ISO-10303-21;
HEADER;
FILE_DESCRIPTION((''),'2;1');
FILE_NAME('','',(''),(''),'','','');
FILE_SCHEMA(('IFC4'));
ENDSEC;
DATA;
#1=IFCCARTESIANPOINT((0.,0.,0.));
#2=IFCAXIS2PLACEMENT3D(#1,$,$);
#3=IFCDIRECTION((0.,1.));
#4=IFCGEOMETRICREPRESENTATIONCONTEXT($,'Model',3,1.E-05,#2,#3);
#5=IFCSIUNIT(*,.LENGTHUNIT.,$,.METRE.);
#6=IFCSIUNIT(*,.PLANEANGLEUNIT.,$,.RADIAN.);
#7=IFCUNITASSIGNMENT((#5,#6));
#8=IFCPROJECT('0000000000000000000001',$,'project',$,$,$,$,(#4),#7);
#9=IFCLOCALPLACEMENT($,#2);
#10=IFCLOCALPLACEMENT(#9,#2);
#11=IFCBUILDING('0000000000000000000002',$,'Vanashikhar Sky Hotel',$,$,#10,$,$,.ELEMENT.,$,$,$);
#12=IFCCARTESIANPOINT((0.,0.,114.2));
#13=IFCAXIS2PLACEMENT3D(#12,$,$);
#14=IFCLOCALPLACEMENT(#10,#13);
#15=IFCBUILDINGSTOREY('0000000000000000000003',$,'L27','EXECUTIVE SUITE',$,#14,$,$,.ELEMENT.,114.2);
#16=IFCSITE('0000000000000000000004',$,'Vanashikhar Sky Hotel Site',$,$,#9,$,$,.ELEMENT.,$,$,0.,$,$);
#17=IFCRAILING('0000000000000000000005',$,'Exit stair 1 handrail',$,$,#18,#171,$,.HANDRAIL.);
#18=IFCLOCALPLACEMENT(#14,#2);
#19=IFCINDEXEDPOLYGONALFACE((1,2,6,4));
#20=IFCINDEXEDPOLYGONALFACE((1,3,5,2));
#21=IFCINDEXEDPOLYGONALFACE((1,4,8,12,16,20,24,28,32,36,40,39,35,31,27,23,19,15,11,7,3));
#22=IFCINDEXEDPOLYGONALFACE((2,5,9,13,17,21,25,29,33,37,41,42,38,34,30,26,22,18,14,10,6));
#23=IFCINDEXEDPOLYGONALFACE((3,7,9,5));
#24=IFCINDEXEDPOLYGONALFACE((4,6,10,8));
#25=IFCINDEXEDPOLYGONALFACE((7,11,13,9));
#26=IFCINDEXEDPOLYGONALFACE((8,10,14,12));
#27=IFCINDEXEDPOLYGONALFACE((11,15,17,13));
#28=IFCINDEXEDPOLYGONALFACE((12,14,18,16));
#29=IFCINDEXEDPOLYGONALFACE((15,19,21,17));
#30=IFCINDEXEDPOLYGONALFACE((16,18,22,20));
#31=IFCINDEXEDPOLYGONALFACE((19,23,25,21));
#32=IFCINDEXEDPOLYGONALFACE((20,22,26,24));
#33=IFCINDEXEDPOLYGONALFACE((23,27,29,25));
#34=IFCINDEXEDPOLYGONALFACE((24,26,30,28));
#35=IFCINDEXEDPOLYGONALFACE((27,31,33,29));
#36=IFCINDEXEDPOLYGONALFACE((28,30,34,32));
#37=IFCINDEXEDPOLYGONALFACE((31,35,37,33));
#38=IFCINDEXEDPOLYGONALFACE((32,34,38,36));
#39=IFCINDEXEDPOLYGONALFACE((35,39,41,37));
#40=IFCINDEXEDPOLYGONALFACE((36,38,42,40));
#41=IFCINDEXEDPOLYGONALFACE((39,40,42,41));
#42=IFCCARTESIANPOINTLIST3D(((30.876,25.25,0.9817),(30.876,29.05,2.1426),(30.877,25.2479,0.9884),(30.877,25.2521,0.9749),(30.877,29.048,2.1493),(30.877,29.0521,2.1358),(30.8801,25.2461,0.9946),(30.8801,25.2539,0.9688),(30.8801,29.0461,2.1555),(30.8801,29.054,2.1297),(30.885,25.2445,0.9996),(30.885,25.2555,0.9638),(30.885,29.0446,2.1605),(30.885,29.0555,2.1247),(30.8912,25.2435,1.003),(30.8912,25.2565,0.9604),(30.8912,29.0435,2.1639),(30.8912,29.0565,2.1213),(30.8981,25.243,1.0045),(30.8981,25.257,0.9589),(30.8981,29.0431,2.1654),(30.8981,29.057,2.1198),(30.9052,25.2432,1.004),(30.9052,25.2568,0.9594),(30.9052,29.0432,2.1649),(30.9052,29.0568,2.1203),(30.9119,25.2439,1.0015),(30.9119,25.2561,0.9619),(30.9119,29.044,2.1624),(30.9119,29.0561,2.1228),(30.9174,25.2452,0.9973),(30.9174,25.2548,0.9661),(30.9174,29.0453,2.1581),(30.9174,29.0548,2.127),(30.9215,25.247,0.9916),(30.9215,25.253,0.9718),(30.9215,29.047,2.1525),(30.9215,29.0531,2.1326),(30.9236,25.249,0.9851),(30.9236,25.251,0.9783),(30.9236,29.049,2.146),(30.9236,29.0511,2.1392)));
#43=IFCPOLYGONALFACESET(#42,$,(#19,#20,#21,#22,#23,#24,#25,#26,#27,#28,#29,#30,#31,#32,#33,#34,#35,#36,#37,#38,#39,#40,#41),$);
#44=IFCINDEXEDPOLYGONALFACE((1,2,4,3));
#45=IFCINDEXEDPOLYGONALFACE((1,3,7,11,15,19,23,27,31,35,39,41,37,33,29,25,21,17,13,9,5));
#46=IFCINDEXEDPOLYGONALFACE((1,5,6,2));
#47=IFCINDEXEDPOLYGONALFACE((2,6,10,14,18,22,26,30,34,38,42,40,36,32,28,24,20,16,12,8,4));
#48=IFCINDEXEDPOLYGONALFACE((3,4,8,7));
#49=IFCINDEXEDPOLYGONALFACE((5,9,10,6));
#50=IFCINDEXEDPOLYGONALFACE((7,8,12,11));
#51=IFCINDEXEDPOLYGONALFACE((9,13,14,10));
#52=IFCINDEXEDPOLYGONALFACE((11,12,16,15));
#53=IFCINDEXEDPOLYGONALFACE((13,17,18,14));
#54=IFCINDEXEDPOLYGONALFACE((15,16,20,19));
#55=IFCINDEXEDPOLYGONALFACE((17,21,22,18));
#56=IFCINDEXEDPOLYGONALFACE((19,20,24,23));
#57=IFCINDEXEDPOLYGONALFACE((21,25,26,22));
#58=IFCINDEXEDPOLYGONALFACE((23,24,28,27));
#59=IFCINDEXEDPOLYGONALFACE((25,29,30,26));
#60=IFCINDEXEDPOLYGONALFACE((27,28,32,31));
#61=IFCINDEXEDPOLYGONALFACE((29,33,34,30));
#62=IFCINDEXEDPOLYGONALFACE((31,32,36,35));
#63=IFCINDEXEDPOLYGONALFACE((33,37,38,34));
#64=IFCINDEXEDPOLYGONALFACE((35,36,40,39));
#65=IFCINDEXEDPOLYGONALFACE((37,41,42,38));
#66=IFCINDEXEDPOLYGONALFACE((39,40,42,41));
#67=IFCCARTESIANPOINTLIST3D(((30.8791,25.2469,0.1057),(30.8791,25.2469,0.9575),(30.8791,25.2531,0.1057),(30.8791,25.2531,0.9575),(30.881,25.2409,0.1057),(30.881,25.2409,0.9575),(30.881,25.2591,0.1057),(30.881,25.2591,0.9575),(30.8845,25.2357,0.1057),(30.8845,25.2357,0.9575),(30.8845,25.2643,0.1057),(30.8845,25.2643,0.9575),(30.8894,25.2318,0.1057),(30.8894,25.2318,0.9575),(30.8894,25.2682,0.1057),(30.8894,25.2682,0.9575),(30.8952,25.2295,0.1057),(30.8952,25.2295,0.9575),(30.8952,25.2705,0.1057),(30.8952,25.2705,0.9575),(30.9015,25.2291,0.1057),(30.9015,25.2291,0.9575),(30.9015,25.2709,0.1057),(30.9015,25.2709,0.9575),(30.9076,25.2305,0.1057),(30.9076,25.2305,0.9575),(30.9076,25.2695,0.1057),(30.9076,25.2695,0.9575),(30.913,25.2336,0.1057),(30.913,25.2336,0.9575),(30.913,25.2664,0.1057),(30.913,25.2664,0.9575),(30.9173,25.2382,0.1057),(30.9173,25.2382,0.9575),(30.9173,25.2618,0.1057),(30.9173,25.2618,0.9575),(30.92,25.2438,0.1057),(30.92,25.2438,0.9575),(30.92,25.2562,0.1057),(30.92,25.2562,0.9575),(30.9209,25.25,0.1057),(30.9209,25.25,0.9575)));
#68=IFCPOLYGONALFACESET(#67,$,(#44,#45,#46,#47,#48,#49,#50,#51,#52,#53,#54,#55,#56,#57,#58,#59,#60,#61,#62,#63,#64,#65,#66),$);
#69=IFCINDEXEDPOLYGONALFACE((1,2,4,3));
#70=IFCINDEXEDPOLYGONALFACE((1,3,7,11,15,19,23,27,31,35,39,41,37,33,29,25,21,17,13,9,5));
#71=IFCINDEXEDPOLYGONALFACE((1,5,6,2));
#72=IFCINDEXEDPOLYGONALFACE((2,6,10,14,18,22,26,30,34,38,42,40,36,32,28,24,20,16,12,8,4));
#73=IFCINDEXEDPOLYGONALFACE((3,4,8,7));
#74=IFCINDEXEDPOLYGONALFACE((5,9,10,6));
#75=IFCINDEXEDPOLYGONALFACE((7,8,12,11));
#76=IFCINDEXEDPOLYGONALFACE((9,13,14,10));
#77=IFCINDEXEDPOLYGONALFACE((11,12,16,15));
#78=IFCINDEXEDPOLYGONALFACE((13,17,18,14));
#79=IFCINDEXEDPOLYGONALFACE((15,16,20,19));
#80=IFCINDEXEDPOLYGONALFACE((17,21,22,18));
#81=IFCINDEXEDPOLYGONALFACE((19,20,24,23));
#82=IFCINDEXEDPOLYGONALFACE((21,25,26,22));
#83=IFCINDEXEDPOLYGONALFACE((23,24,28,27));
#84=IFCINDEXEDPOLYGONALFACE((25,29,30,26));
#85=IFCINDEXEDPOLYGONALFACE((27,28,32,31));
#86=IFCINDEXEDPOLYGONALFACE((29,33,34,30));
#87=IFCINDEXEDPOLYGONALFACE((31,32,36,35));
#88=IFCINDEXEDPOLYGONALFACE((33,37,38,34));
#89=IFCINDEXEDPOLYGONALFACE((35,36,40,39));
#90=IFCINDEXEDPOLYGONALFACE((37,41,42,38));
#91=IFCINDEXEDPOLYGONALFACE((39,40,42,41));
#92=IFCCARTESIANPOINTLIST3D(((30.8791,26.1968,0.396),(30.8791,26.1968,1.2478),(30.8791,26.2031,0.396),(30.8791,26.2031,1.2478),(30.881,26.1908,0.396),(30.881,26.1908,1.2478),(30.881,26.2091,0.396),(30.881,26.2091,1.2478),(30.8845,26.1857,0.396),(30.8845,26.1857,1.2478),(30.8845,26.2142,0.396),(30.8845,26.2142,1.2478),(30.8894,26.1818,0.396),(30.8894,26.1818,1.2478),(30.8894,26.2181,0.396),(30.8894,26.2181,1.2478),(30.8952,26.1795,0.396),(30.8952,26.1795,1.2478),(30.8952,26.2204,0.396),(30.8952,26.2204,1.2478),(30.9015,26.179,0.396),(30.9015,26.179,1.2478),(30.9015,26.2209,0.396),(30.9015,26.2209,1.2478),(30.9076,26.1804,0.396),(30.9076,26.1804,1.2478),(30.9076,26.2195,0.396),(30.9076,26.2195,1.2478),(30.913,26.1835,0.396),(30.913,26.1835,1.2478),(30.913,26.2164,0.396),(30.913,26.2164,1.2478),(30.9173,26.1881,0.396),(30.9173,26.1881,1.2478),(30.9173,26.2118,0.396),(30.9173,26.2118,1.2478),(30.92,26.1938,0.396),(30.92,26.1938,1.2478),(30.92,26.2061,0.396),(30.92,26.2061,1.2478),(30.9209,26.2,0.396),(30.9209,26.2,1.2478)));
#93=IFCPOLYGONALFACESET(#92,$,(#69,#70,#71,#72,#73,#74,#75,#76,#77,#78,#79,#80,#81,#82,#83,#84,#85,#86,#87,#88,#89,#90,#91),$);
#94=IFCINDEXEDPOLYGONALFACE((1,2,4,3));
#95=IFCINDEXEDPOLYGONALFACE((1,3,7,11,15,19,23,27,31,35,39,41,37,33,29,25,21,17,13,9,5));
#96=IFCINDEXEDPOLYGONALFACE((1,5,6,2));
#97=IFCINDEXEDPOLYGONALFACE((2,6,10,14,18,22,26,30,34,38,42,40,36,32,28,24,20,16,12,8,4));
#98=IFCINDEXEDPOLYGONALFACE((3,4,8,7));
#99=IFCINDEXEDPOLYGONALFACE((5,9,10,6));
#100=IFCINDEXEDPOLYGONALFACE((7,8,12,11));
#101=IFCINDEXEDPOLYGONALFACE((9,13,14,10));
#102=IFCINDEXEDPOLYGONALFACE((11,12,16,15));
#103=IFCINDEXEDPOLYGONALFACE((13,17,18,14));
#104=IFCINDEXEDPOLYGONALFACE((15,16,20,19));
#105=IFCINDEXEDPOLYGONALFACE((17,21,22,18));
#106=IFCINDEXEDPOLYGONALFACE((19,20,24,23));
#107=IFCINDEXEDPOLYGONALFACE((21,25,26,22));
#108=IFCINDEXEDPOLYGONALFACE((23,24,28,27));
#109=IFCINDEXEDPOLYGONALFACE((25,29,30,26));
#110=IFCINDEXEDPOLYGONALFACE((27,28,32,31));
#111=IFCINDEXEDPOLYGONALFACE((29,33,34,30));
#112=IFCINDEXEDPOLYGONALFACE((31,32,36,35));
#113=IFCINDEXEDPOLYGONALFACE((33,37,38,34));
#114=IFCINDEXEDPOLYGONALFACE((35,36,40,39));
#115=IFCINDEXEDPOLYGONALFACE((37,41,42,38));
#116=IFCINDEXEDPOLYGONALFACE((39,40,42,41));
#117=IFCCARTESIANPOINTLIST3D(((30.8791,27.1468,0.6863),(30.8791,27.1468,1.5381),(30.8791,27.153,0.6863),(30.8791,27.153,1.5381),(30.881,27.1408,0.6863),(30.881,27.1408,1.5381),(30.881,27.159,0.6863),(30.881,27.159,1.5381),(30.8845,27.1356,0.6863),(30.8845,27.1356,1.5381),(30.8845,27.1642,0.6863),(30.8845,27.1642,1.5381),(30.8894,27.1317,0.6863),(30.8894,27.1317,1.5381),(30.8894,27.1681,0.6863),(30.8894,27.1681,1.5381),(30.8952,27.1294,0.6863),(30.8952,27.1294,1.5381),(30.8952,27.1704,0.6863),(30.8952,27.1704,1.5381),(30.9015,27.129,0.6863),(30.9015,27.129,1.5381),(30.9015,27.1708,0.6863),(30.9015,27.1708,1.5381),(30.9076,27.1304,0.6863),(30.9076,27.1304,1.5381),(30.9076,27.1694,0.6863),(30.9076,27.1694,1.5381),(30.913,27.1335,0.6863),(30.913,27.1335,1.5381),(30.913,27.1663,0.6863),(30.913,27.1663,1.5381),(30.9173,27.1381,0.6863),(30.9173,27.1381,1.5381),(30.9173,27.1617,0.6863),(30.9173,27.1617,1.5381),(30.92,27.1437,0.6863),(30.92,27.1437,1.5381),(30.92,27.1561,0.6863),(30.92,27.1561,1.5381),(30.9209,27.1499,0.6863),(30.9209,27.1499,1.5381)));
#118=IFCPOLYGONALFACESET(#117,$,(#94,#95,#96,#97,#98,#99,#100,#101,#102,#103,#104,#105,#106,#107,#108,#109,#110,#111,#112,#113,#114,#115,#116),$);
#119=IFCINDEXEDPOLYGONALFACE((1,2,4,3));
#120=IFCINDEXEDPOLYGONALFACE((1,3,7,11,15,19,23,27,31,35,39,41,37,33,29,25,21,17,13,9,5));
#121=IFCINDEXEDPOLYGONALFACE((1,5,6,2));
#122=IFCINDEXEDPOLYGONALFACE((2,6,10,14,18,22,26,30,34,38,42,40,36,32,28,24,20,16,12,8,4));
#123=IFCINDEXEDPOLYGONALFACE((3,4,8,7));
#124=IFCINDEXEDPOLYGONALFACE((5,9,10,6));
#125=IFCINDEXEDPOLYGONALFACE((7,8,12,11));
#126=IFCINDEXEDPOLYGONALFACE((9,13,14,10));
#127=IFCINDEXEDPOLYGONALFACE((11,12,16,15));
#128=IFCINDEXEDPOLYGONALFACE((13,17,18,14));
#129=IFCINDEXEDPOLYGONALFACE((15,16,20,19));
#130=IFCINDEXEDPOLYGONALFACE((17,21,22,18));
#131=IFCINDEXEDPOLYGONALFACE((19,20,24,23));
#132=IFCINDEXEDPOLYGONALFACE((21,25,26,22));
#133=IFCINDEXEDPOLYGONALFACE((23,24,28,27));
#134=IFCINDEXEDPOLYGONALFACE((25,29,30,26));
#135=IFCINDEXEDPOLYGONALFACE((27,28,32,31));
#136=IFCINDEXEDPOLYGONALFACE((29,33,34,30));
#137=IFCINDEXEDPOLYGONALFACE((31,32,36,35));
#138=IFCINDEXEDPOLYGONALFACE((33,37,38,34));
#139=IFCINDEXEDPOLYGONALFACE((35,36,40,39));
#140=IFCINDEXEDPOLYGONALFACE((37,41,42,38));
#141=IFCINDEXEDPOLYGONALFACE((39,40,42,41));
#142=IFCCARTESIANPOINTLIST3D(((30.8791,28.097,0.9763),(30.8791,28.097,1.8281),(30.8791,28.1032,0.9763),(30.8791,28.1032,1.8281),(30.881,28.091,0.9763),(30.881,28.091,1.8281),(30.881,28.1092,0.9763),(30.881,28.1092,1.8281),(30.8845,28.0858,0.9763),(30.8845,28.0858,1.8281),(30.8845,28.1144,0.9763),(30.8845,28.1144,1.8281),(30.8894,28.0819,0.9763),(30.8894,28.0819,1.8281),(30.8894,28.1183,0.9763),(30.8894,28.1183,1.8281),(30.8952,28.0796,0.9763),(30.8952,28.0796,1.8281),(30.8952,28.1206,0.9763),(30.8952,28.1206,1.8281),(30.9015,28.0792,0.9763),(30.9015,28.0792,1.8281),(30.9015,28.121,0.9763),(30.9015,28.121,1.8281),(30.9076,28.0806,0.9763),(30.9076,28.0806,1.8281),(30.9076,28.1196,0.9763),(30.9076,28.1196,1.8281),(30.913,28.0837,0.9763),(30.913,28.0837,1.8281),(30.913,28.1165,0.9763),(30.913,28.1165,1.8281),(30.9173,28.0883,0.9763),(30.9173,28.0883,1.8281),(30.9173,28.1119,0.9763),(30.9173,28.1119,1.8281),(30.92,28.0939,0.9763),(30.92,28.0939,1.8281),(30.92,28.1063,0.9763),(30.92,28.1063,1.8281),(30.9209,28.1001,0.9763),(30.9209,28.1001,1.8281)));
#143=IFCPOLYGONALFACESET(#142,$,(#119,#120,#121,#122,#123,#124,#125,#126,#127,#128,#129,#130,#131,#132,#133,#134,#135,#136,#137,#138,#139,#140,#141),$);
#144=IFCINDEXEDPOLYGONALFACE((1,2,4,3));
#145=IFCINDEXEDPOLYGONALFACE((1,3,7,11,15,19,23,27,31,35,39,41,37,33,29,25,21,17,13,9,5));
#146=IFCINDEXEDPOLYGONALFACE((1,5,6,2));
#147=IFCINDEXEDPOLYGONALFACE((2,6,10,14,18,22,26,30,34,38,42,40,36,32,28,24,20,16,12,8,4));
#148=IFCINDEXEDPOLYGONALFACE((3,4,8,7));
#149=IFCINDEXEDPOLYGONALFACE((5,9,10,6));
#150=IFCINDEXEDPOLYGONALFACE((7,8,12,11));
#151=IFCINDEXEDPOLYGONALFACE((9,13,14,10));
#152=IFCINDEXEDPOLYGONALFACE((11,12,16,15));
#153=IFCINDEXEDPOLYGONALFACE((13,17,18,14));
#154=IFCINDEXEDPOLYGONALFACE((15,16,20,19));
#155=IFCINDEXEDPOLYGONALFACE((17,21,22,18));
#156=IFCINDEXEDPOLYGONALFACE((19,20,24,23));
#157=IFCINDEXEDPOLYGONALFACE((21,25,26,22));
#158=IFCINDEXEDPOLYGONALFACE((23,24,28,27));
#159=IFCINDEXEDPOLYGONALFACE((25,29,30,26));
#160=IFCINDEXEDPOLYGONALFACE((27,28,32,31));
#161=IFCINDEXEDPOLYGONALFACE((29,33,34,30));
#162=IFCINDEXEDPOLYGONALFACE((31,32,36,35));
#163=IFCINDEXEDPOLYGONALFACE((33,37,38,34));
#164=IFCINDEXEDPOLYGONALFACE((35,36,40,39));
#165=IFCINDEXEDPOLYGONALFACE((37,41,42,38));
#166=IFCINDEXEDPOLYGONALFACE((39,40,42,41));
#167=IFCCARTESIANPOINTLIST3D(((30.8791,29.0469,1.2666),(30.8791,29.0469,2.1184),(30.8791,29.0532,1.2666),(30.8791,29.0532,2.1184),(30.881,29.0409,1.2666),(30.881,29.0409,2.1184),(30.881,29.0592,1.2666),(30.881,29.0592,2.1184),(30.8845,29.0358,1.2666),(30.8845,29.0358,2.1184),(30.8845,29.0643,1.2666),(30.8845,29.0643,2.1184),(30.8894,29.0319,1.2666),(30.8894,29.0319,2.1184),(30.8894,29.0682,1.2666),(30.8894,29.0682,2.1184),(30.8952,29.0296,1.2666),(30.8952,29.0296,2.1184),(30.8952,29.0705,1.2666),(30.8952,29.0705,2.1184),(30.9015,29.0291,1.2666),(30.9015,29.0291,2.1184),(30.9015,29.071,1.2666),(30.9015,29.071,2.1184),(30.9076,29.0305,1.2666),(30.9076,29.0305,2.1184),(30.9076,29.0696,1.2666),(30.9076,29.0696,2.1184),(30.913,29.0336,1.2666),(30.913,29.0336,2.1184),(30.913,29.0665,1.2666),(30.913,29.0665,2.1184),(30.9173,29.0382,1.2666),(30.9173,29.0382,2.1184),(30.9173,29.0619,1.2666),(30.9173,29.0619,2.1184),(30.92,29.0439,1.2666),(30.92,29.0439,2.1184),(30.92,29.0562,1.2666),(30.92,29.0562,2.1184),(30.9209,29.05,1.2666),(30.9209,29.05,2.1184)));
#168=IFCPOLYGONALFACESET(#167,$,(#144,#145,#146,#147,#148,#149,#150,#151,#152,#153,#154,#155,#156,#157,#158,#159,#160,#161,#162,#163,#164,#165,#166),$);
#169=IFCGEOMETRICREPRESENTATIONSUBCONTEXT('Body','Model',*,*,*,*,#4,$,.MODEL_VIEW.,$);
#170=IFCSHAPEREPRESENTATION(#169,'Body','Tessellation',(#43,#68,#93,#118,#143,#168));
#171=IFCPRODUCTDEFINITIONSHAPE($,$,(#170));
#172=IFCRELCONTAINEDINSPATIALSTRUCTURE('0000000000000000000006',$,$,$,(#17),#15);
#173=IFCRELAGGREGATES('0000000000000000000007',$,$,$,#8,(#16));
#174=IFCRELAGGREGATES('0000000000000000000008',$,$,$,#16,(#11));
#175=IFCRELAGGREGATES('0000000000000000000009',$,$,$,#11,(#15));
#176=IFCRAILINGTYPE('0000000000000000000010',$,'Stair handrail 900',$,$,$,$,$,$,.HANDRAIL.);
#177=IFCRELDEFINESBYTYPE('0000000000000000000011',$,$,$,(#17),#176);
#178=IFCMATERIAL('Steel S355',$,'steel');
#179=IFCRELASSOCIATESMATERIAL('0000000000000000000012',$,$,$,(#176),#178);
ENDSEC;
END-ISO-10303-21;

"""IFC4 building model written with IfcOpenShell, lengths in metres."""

from ifc_helpers import new_model, si_unit, direction, frame, origin, origin_2d, place, context, subcontext, project, spatial, circle, extrude, source, transform, mapped, material, type_object, element, save


model = new_model("IFC4")

# Units and contexts
model_context = context("Model", 3, precision=1e-05, world=origin(), true_north=direction((0.0, 1.0)))
body_context = subcontext(model_context, "Body", "Model", "MODEL_VIEW")
ifc_project = project(units=[si_unit("LENGTHUNIT", "METRE"), si_unit("PLANEANGLEUNIT", "RADIAN")], contexts=[model_context])

# Site, building, storey
site_placement = place(None, origin())
site = spatial("IfcSite", under=ifc_project, at=site_placement, Name="Vanashikhar Sky Hotel Site", CompositionType="ELEMENT", RefElevation=0.0)
building_placement = place(site_placement, origin())
building = spatial("IfcBuilding", under=site, at=building_placement, Name="Vanashikhar Sky Hotel", CompositionType="ELEMENT")
storey_placement = place(building_placement, frame((0.0, 0.0, 114.2)))
storey = spatial("IfcBuildingStorey", under=building, at=storey_placement, Name="L27", Description="EXECUTIVE SUITE", CompositionType="ELEMENT", Elevation=114.2)

# Railing
ifc_material_1 = material(Name="Steel S355", Category="steel")
railing_type_1 = type_object("IfcRailingType", Name="Stair handrail 900", PredefinedType="HANDRAIL", material=ifc_material_1)
shared_shape_1 = source(origin(), body_context, "Body", "SweptSolid", [
    extrude(circle(Radius=0.0239, at=origin_2d()), frame((0.0, 0.0, 0.876), z_axis=(0.0, 0.956368, 0.292164), x_axis=(-1.0, 0.0, 0.0)), (0.0, 0.0, 1.0), 3.9734),
    extrude(circle(Radius=0.021, at=origin_2d()), origin(), (0.0, 0.0, 1.0), 0.8518),
    extrude(circle(Radius=0.021, at=origin_2d()), frame((0.0, 0.95, 0.2903)), (0.0, 0.0, 1.0), 0.8518),
    extrude(circle(Radius=0.021, at=origin_2d()), frame((0.0, 1.8999, 0.5806)), (0.0, 0.0, 1.0), 0.8518),
    extrude(circle(Radius=0.021, at=origin_2d()), frame((0.0, 2.8501, 0.8706)), (0.0, 0.0, 1.0), 0.8518),
    extrude(circle(Radius=0.021, at=origin_2d()), frame((0.0, 3.8, 1.1609)), (0.0, 0.0, 1.0), 0.8518),
])
for number, where, name in (
    (1, (30.8999, 25.25, 0.1057), "Exit stair 1 handrail"),
):
    element("IfcRailing", number, at=place(storey_placement, frame(where)), inside=storey, type_object=railing_type_1, Name=name, PredefinedType="HANDRAIL", context=body_context, shape_type="MappedRepresentation", body=[
        mapped(shared_shape_1, transform((0.0, 0.0, 0.0), scale=1.0)),
    ])

save(model, "model.ifc")
